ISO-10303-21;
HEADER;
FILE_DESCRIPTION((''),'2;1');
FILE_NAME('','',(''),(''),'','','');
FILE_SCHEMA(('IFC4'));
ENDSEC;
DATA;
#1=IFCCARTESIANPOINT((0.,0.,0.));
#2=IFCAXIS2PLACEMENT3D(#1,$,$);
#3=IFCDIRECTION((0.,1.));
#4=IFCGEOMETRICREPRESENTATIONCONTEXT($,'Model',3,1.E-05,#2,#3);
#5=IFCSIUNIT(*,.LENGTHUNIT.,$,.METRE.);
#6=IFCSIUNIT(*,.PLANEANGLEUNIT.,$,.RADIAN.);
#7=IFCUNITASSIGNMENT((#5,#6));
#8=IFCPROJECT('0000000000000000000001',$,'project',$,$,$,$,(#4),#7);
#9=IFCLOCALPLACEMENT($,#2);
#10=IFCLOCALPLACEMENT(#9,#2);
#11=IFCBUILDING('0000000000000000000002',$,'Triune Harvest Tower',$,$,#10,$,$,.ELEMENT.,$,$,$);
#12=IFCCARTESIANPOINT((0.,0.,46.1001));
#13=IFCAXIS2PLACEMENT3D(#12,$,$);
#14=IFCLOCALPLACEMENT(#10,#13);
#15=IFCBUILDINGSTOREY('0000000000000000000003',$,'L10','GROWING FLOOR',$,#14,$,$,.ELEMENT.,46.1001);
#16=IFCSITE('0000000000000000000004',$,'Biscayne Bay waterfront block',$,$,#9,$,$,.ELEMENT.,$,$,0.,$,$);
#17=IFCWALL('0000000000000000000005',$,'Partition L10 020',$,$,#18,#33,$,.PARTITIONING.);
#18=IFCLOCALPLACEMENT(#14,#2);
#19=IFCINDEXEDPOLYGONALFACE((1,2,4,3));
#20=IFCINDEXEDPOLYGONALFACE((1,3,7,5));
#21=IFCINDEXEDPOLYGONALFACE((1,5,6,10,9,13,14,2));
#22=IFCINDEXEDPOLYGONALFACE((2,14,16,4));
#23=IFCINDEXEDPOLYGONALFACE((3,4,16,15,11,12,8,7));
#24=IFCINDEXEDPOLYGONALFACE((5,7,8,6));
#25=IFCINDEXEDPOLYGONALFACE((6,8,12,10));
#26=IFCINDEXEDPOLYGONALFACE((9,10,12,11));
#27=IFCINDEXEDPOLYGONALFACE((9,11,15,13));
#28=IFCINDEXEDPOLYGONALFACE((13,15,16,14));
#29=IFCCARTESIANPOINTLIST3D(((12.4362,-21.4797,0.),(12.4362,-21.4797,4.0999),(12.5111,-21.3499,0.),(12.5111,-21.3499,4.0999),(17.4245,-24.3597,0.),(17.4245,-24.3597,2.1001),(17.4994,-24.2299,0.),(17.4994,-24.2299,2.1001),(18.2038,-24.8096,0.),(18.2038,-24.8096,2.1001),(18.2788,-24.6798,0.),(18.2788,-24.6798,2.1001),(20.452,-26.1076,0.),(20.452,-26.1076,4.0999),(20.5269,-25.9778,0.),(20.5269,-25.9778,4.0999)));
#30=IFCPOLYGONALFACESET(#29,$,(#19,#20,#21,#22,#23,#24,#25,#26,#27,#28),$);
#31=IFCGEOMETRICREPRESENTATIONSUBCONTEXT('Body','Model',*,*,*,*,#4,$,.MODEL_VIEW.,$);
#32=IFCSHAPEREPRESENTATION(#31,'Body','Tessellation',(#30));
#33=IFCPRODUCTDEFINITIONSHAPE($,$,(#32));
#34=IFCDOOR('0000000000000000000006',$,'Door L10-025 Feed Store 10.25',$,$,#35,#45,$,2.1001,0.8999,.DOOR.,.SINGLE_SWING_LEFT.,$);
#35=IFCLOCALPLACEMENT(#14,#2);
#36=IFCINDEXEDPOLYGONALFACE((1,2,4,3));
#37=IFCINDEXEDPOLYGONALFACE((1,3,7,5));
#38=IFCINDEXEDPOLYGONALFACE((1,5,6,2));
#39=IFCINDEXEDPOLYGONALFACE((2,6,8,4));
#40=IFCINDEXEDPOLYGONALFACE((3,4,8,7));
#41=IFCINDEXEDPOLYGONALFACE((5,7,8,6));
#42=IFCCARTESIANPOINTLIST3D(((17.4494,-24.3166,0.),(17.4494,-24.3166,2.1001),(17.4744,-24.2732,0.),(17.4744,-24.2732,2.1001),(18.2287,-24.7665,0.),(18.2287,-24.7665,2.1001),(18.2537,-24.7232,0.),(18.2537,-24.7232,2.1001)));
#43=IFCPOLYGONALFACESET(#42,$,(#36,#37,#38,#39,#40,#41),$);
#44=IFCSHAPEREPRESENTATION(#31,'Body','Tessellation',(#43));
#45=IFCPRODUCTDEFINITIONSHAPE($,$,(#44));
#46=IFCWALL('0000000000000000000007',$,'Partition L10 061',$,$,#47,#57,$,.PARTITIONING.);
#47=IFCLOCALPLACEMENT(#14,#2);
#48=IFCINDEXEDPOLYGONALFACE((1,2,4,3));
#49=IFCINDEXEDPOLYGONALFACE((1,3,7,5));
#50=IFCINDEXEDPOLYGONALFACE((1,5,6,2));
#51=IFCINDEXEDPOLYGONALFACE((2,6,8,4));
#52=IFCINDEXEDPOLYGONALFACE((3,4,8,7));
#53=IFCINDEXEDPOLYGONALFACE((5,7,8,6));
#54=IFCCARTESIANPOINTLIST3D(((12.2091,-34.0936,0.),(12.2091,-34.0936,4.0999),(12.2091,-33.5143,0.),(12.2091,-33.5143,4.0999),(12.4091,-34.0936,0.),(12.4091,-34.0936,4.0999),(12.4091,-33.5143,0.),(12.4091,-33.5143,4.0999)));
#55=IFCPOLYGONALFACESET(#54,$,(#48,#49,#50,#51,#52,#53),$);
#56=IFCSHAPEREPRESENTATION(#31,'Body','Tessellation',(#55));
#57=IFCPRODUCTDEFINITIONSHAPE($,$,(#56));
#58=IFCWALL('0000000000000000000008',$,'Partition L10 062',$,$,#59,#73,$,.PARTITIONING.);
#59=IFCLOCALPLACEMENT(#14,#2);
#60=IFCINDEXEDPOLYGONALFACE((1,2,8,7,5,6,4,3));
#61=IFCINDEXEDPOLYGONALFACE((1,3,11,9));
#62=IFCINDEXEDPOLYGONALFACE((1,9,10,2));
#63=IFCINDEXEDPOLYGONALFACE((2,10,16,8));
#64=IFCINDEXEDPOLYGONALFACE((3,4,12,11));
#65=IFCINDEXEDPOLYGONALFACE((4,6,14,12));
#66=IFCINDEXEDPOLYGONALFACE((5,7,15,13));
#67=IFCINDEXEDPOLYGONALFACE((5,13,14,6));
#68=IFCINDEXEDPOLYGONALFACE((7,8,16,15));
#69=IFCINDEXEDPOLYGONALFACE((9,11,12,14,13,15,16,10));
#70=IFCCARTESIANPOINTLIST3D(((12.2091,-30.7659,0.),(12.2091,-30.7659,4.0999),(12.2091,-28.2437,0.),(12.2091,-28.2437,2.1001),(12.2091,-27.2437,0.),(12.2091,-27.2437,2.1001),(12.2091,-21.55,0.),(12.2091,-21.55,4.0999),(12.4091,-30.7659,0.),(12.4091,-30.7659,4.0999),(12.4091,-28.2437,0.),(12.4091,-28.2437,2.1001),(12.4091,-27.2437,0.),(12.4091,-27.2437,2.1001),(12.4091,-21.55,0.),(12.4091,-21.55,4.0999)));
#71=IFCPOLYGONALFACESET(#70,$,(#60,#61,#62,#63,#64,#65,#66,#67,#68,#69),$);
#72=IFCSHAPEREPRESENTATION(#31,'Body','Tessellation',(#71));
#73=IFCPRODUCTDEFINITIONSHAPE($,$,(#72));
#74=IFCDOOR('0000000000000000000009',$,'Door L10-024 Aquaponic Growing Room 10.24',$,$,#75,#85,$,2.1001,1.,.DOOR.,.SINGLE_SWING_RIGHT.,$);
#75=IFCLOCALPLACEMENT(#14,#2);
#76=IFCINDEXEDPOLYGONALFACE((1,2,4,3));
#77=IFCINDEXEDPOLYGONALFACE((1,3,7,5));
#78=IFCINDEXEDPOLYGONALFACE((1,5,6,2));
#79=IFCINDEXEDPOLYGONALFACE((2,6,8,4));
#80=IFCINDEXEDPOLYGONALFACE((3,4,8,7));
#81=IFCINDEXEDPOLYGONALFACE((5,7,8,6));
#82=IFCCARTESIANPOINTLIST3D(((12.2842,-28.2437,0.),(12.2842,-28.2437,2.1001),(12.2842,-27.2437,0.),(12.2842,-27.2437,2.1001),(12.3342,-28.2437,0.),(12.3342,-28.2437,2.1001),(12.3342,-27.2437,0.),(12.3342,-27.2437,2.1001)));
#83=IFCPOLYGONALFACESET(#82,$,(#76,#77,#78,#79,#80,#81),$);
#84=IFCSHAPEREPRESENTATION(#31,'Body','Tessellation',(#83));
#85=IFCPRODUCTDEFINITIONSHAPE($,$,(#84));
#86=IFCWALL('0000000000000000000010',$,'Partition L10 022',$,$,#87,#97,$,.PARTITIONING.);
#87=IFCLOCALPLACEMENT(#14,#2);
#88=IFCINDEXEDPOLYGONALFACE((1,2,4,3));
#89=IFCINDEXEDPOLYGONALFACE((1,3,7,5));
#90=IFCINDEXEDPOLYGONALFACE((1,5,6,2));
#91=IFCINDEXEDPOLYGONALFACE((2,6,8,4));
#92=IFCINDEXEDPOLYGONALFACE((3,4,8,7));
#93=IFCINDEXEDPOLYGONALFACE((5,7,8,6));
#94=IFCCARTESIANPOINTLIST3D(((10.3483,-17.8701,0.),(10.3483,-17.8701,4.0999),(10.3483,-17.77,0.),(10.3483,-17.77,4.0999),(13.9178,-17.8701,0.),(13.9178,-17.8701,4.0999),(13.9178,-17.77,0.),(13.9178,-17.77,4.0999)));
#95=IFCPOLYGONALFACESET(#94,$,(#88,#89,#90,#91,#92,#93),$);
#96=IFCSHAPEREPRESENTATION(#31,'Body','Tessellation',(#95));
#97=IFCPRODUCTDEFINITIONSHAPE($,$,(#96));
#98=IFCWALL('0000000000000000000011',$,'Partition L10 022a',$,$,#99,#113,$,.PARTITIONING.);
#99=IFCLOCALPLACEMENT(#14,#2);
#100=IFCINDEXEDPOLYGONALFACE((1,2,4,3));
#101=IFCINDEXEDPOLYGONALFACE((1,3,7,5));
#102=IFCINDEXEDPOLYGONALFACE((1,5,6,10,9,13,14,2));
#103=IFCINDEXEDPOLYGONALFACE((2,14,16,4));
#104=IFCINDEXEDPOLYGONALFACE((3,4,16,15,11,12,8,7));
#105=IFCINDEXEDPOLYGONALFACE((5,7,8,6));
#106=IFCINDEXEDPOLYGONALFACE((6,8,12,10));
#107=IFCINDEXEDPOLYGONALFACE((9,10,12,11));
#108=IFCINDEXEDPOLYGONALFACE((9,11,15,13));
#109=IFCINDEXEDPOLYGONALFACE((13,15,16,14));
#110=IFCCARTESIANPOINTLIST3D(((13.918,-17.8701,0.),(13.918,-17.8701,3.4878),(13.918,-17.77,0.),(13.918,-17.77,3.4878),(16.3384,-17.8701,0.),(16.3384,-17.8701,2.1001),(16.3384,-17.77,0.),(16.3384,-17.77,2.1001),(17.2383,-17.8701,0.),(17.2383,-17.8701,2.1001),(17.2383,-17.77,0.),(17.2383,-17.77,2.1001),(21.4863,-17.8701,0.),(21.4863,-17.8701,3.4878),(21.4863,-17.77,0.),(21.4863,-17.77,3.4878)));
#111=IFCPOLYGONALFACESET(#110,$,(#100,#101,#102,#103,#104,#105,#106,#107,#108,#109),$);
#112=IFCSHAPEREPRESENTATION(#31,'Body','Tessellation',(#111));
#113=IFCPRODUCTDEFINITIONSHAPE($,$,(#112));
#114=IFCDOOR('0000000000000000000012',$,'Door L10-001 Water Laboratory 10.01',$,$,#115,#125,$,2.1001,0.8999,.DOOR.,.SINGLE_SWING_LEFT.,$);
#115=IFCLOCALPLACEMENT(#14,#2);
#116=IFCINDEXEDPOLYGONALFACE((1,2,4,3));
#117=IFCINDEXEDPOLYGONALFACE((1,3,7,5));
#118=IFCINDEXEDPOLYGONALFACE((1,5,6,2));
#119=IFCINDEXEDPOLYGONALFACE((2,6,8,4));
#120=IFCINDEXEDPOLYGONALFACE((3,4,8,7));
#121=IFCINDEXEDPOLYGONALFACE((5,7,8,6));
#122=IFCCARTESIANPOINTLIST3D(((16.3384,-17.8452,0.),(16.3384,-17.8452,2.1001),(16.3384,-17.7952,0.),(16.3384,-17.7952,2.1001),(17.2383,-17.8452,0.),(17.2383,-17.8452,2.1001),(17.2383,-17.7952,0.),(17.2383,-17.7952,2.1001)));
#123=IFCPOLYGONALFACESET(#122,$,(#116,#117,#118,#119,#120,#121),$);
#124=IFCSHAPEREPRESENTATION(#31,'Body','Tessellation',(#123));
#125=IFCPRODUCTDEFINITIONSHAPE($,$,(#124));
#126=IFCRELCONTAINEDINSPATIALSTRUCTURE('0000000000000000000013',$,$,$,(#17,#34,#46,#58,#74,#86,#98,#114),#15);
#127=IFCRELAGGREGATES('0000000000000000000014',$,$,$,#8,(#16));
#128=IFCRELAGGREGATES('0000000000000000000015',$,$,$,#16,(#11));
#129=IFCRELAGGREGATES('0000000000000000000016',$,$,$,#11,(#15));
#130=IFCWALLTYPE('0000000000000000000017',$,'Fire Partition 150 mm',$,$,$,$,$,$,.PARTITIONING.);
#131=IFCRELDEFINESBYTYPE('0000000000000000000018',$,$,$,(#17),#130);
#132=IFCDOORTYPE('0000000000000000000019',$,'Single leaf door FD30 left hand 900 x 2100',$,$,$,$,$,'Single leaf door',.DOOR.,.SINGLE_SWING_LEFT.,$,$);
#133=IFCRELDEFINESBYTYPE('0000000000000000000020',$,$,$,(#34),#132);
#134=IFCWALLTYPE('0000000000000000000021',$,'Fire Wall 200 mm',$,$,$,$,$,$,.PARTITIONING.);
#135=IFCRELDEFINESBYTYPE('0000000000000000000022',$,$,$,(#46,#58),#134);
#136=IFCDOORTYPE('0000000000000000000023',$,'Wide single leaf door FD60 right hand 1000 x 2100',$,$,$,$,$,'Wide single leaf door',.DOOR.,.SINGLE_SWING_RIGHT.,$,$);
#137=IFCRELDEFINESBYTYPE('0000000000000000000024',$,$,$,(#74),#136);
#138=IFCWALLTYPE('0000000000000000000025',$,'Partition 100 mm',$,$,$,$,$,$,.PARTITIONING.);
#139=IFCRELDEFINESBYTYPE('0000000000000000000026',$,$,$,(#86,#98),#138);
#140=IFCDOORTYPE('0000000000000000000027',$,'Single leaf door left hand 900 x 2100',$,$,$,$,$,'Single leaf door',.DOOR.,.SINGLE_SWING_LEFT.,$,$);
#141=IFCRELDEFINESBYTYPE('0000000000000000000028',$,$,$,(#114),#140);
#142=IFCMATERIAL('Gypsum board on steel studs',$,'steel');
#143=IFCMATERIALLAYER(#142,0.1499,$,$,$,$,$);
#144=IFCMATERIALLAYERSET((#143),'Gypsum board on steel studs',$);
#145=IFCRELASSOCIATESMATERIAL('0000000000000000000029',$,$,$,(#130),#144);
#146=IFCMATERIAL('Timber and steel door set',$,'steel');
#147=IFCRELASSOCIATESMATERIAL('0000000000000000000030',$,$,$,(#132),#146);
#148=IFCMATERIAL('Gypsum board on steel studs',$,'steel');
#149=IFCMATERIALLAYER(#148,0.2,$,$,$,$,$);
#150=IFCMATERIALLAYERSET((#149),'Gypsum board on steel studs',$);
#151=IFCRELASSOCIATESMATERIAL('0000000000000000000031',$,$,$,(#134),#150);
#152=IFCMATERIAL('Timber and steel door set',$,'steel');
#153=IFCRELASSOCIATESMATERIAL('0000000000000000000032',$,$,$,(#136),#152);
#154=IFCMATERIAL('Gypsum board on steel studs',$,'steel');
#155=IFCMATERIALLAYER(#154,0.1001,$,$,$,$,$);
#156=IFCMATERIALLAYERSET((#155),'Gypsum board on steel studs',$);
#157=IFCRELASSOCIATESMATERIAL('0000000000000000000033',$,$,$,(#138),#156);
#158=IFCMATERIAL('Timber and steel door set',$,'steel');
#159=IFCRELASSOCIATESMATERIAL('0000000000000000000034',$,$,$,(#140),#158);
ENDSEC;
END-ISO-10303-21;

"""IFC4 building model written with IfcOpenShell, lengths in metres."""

from ifc_helpers import new_model, si_unit, direction, frame, frame_2d, origin, place, context, subcontext, project, spatial, rectangle, extrude, source, transform, mapped, material, layer, layer_set, type_object, element, fill, save


model = new_model("IFC4")

# Units and contexts
model_context = context("Model", 3, precision=1e-05, world=origin(), true_north=direction((0.0, 1.0)))
body_context = subcontext(model_context, "Body", "Model", "MODEL_VIEW")
ifc_project = project(units=[si_unit("LENGTHUNIT", "METRE"), si_unit("PLANEANGLEUNIT", "RADIAN")], contexts=[model_context])

# Site, building, storey
site_placement = place(None, origin())
site = spatial("IfcSite", under=ifc_project, at=site_placement, Name="Biscayne Bay waterfront block", CompositionType="ELEMENT", RefElevation=0.0)
building_placement = place(site_placement, origin())
building = spatial("IfcBuilding", under=site, at=building_placement, Name="Triune Harvest Tower", CompositionType="ELEMENT")
storey_placement = place(building_placement, frame((0.0, 0.0, 46.1001)))
storey = spatial("IfcBuildingStorey", under=building, at=storey_placement, Name="L10", Description="GROWING FLOOR", CompositionType="ELEMENT", Elevation=46.1001)

# Wall, opening, door
ifc_material_1 = material(Name="Gypsum board on steel studs", Category="steel")
ifc_layer_1 = layer(ifc_material_1, 0.1499)
ifc_layer_set_1 = layer_set([ifc_layer_1], Name="Gypsum board on steel studs")
wall_type_1 = type_object("IfcWallType", Name="Fire Partition 150 mm", PredefinedType="PARTITIONING", material=ifc_layer_set_1)
wall_1_placement = place(storey_placement, frame((12.4736, -21.4148, 0.0), z_axis=(0.0, 0.0, 1.0), x_axis=(0.866027, -0.499997, 0.0)))
wall_1 = element("IfcWall", 1, at=wall_1_placement, inside=storey, type_object=wall_type_1, Name="Partition L10 020", PredefinedType="PARTITIONING", context=body_context, shape_type="SweptSolid", body=[
    extrude(rectangle(XDim=9.2559, YDim=0.1499, at=frame_2d((4.6279, 0.0))), origin(), (0.0, 0.0, 1.0), 4.0999),
])
opening_1_placement = place(wall_1_placement, frame((5.76, 0.0, 0.0)))
opening_1 = element("IfcOpeningElement", 2, at=opening_1_placement, cuts=wall_1, PredefinedType="OPENING", context=body_context, shape_type="SweptSolid", body=[
    extrude(rectangle(XDim=0.8999, YDim=2.1001, at=frame_2d((0.45, 1.05))), frame((0.0, 0.085, 0.0), z_axis=(0.0, -1.0, 0.0), x_axis=(1.0, 0.0, 0.0)), (0.0, 0.0, 1.0), 0.1699),
])
ifc_material_2 = material(Name="Timber and steel door set", Category="steel")
door_type_1 = type_object("IfcDoorType", Name="Single leaf door FD30 left hand 900 x 2100", ElementType="Single leaf door", OperationType="SINGLE_SWING_LEFT", PredefinedType="DOOR", material=ifc_material_2)
door_1_placement = place(opening_1_placement, origin())
door_1 = element("IfcDoor", 3, at=door_1_placement, inside=storey, type_object=door_type_1, Name="Door L10-025 Feed Store 10.25", OperationType="SINGLE_SWING_LEFT", OverallHeight=2.1001, OverallWidth=0.8999, PredefinedType="DOOR", context=body_context, shape_type="SweptSolid", body=[
    extrude(rectangle(XDim=0.8999, YDim=2.1001, at=frame_2d((0.45, 1.05))), frame((0.0, 0.0249, 0.0), z_axis=(0.0, -1.0, 0.0), x_axis=(1.0, 0.0, 0.0)), (0.0, 0.0, 1.0), 0.05),
])
fill(opening_1, door_1)

# Wall
ifc_material_3 = material(Name="Gypsum board on steel studs", Category="steel")
ifc_layer_2 = layer(ifc_material_3, 0.2)
ifc_layer_set_2 = layer_set([ifc_layer_2], Name="Gypsum board on steel studs")
wall_type_2 = type_object("IfcWallType", Name="Fire Wall 200 mm", PredefinedType="PARTITIONING", material=ifc_layer_set_2)
wall_2_placement = place(storey_placement, frame((12.3091, -34.0935, 0.0), z_axis=(0.0, 0.0, 1.0), x_axis=(0.0, 1.0, 0.0)))
element("IfcWall", 4, at=wall_2_placement, inside=storey, type_object=wall_type_2, Name="Partition L10 061", PredefinedType="PARTITIONING", context=body_context, shape_type="SweptSolid", body=[
    extrude(rectangle(XDim=0.5793, YDim=0.2, at=frame_2d((0.2896, 0.0))), origin(), (0.0, 0.0, 1.0), 4.0999),
])

# Wall, opening, door
wall_3_placement = place(storey_placement, frame((12.3091, -30.7659, 0.0), z_axis=(0.0, 0.0, 1.0), x_axis=(0.0, 1.0, 0.0)))
wall_3 = element("IfcWall", 5, at=wall_3_placement, inside=storey, type_object=wall_type_2, Name="Partition L10 062", PredefinedType="PARTITIONING", context=body_context, shape_type="SweptSolid", body=[
    extrude(rectangle(XDim=9.2158, YDim=0.2, at=frame_2d((4.6079, 0.0))), origin(), (0.0, 0.0, 1.0), 4.0999),
])
opening_2_placement = place(wall_3_placement, frame((2.5222, 0.0, 0.0)))
opening_2 = element("IfcOpeningElement", 6, at=opening_2_placement, cuts=wall_3, PredefinedType="OPENING", context=body_context, shape_type="SweptSolid", body=[
    extrude(rectangle(XDim=1.0, YDim=2.1001, at=frame_2d((0.5, 1.05))), frame((0.0, 0.1099, 0.0), z_axis=(0.0, -1.0, 0.0), x_axis=(1.0, 0.0, 0.0)), (0.0, 0.0, 1.0), 0.22),
])
ifc_material_4 = material(Name="Timber and steel door set", Category="steel")
door_type_2 = type_object("IfcDoorType", Name="Wide single leaf door FD60 right hand 1000 x 2100", ElementType="Wide single leaf door", OperationType="SINGLE_SWING_RIGHT", PredefinedType="DOOR", material=ifc_material_4)
door_2_placement = place(opening_2_placement, origin())
door_2 = element("IfcDoor", 7, at=door_2_placement, inside=storey, type_object=door_type_2, Name="Door L10-024 Aquaponic Growing Room 10.24", OperationType="SINGLE_SWING_RIGHT", OverallHeight=2.1001, OverallWidth=1.0, PredefinedType="DOOR", context=body_context, shape_type="SweptSolid", body=[
    extrude(rectangle(XDim=1.0, YDim=2.1001, at=frame_2d((0.5, 1.05))), frame((0.0, 0.0249, 0.0), z_axis=(0.0, -1.0, 0.0), x_axis=(1.0, 0.0, 0.0)), (0.0, 0.0, 1.0), 0.05),
])
fill(opening_2, door_2)

# Wall
ifc_material_5 = material(Name="Gypsum board on steel studs", Category="steel")
ifc_layer_3 = layer(ifc_material_5, 0.1001)
ifc_layer_set_3 = layer_set([ifc_layer_3], Name="Gypsum board on steel studs")
wall_type_3 = type_object("IfcWallType", Name="Partition 100 mm", PredefinedType="PARTITIONING", material=ifc_layer_set_3)
wall_4_placement = place(storey_placement, frame((10.3484, -17.8201, 0.0), z_axis=(0.0, 0.0, 1.0), x_axis=(1.0, 0.0, 0.0)))
element("IfcWall", 8, at=wall_4_placement, inside=storey, type_object=wall_type_3, Name="Partition L10 022", PredefinedType="PARTITIONING", context=body_context, shape_type="SweptSolid", body=[
    extrude(rectangle(XDim=3.5696, YDim=0.1001, at=frame_2d((1.7847, 0.0))), origin(), (0.0, 0.0, 1.0), 4.0999),
])

# Wall, opening, door
shared_shape_1 = source(origin(), body_context, "Body", "SweptSolid", [
    extrude(rectangle(XDim=7.5684, YDim=0.1001, at=frame_2d((3.7842, 0.0))), origin(), (0.0, 0.0, 1.0), 3.4878),
])
wall_5_placement = place(storey_placement, frame((13.918, -17.8201, 0.0), z_axis=(0.0, 0.0, 1.0), x_axis=(1.0, 0.0, 0.0)))
wall_5 = element("IfcWall", 9, at=wall_5_placement, inside=storey, type_object=wall_type_3, Name="Partition L10 022a", PredefinedType="PARTITIONING", context=body_context, shape_type="MappedRepresentation", body=[
    mapped(shared_shape_1, transform((0.0, 0.0, 0.0), scale=1.0)),
])
opening_3_placement = place(wall_5_placement, frame((2.4204, 0.0, 0.0)))
opening_3 = element("IfcOpeningElement", 10, at=opening_3_placement, cuts=wall_5, PredefinedType="OPENING", context=body_context, shape_type="SweptSolid", body=[
    extrude(rectangle(XDim=0.8999, YDim=2.1001, at=frame_2d((0.45, 1.05))), frame((0.0, 0.0601, 0.0), z_axis=(0.0, -1.0, 0.0), x_axis=(1.0, 0.0, 0.0)), (0.0, 0.0, 1.0), 0.1201),
])
ifc_material_6 = material(Name="Timber and steel door set", Category="steel")
door_type_3 = type_object("IfcDoorType", Name="Single leaf door left hand 900 x 2100", ElementType="Single leaf door", OperationType="SINGLE_SWING_LEFT", PredefinedType="DOOR", material=ifc_material_6)
door_3_placement = place(opening_3_placement, origin())
door_3 = element("IfcDoor", 11, at=door_3_placement, inside=storey, type_object=door_type_3, Name="Door L10-001 Water Laboratory 10.01", OperationType="SINGLE_SWING_LEFT", OverallHeight=2.1001, OverallWidth=0.8999, PredefinedType="DOOR", context=body_context, shape_type="SweptSolid", body=[
    extrude(rectangle(XDim=0.8999, YDim=2.1001, at=frame_2d((0.45, 1.05))), frame((0.0, 0.0249, 0.0), z_axis=(0.0, -1.0, 0.0), x_axis=(1.0, 0.0, 0.0)), (0.0, 0.0, 1.0), 0.05),
])
fill(opening_3, door_3)

save(model, "model.ifc")
